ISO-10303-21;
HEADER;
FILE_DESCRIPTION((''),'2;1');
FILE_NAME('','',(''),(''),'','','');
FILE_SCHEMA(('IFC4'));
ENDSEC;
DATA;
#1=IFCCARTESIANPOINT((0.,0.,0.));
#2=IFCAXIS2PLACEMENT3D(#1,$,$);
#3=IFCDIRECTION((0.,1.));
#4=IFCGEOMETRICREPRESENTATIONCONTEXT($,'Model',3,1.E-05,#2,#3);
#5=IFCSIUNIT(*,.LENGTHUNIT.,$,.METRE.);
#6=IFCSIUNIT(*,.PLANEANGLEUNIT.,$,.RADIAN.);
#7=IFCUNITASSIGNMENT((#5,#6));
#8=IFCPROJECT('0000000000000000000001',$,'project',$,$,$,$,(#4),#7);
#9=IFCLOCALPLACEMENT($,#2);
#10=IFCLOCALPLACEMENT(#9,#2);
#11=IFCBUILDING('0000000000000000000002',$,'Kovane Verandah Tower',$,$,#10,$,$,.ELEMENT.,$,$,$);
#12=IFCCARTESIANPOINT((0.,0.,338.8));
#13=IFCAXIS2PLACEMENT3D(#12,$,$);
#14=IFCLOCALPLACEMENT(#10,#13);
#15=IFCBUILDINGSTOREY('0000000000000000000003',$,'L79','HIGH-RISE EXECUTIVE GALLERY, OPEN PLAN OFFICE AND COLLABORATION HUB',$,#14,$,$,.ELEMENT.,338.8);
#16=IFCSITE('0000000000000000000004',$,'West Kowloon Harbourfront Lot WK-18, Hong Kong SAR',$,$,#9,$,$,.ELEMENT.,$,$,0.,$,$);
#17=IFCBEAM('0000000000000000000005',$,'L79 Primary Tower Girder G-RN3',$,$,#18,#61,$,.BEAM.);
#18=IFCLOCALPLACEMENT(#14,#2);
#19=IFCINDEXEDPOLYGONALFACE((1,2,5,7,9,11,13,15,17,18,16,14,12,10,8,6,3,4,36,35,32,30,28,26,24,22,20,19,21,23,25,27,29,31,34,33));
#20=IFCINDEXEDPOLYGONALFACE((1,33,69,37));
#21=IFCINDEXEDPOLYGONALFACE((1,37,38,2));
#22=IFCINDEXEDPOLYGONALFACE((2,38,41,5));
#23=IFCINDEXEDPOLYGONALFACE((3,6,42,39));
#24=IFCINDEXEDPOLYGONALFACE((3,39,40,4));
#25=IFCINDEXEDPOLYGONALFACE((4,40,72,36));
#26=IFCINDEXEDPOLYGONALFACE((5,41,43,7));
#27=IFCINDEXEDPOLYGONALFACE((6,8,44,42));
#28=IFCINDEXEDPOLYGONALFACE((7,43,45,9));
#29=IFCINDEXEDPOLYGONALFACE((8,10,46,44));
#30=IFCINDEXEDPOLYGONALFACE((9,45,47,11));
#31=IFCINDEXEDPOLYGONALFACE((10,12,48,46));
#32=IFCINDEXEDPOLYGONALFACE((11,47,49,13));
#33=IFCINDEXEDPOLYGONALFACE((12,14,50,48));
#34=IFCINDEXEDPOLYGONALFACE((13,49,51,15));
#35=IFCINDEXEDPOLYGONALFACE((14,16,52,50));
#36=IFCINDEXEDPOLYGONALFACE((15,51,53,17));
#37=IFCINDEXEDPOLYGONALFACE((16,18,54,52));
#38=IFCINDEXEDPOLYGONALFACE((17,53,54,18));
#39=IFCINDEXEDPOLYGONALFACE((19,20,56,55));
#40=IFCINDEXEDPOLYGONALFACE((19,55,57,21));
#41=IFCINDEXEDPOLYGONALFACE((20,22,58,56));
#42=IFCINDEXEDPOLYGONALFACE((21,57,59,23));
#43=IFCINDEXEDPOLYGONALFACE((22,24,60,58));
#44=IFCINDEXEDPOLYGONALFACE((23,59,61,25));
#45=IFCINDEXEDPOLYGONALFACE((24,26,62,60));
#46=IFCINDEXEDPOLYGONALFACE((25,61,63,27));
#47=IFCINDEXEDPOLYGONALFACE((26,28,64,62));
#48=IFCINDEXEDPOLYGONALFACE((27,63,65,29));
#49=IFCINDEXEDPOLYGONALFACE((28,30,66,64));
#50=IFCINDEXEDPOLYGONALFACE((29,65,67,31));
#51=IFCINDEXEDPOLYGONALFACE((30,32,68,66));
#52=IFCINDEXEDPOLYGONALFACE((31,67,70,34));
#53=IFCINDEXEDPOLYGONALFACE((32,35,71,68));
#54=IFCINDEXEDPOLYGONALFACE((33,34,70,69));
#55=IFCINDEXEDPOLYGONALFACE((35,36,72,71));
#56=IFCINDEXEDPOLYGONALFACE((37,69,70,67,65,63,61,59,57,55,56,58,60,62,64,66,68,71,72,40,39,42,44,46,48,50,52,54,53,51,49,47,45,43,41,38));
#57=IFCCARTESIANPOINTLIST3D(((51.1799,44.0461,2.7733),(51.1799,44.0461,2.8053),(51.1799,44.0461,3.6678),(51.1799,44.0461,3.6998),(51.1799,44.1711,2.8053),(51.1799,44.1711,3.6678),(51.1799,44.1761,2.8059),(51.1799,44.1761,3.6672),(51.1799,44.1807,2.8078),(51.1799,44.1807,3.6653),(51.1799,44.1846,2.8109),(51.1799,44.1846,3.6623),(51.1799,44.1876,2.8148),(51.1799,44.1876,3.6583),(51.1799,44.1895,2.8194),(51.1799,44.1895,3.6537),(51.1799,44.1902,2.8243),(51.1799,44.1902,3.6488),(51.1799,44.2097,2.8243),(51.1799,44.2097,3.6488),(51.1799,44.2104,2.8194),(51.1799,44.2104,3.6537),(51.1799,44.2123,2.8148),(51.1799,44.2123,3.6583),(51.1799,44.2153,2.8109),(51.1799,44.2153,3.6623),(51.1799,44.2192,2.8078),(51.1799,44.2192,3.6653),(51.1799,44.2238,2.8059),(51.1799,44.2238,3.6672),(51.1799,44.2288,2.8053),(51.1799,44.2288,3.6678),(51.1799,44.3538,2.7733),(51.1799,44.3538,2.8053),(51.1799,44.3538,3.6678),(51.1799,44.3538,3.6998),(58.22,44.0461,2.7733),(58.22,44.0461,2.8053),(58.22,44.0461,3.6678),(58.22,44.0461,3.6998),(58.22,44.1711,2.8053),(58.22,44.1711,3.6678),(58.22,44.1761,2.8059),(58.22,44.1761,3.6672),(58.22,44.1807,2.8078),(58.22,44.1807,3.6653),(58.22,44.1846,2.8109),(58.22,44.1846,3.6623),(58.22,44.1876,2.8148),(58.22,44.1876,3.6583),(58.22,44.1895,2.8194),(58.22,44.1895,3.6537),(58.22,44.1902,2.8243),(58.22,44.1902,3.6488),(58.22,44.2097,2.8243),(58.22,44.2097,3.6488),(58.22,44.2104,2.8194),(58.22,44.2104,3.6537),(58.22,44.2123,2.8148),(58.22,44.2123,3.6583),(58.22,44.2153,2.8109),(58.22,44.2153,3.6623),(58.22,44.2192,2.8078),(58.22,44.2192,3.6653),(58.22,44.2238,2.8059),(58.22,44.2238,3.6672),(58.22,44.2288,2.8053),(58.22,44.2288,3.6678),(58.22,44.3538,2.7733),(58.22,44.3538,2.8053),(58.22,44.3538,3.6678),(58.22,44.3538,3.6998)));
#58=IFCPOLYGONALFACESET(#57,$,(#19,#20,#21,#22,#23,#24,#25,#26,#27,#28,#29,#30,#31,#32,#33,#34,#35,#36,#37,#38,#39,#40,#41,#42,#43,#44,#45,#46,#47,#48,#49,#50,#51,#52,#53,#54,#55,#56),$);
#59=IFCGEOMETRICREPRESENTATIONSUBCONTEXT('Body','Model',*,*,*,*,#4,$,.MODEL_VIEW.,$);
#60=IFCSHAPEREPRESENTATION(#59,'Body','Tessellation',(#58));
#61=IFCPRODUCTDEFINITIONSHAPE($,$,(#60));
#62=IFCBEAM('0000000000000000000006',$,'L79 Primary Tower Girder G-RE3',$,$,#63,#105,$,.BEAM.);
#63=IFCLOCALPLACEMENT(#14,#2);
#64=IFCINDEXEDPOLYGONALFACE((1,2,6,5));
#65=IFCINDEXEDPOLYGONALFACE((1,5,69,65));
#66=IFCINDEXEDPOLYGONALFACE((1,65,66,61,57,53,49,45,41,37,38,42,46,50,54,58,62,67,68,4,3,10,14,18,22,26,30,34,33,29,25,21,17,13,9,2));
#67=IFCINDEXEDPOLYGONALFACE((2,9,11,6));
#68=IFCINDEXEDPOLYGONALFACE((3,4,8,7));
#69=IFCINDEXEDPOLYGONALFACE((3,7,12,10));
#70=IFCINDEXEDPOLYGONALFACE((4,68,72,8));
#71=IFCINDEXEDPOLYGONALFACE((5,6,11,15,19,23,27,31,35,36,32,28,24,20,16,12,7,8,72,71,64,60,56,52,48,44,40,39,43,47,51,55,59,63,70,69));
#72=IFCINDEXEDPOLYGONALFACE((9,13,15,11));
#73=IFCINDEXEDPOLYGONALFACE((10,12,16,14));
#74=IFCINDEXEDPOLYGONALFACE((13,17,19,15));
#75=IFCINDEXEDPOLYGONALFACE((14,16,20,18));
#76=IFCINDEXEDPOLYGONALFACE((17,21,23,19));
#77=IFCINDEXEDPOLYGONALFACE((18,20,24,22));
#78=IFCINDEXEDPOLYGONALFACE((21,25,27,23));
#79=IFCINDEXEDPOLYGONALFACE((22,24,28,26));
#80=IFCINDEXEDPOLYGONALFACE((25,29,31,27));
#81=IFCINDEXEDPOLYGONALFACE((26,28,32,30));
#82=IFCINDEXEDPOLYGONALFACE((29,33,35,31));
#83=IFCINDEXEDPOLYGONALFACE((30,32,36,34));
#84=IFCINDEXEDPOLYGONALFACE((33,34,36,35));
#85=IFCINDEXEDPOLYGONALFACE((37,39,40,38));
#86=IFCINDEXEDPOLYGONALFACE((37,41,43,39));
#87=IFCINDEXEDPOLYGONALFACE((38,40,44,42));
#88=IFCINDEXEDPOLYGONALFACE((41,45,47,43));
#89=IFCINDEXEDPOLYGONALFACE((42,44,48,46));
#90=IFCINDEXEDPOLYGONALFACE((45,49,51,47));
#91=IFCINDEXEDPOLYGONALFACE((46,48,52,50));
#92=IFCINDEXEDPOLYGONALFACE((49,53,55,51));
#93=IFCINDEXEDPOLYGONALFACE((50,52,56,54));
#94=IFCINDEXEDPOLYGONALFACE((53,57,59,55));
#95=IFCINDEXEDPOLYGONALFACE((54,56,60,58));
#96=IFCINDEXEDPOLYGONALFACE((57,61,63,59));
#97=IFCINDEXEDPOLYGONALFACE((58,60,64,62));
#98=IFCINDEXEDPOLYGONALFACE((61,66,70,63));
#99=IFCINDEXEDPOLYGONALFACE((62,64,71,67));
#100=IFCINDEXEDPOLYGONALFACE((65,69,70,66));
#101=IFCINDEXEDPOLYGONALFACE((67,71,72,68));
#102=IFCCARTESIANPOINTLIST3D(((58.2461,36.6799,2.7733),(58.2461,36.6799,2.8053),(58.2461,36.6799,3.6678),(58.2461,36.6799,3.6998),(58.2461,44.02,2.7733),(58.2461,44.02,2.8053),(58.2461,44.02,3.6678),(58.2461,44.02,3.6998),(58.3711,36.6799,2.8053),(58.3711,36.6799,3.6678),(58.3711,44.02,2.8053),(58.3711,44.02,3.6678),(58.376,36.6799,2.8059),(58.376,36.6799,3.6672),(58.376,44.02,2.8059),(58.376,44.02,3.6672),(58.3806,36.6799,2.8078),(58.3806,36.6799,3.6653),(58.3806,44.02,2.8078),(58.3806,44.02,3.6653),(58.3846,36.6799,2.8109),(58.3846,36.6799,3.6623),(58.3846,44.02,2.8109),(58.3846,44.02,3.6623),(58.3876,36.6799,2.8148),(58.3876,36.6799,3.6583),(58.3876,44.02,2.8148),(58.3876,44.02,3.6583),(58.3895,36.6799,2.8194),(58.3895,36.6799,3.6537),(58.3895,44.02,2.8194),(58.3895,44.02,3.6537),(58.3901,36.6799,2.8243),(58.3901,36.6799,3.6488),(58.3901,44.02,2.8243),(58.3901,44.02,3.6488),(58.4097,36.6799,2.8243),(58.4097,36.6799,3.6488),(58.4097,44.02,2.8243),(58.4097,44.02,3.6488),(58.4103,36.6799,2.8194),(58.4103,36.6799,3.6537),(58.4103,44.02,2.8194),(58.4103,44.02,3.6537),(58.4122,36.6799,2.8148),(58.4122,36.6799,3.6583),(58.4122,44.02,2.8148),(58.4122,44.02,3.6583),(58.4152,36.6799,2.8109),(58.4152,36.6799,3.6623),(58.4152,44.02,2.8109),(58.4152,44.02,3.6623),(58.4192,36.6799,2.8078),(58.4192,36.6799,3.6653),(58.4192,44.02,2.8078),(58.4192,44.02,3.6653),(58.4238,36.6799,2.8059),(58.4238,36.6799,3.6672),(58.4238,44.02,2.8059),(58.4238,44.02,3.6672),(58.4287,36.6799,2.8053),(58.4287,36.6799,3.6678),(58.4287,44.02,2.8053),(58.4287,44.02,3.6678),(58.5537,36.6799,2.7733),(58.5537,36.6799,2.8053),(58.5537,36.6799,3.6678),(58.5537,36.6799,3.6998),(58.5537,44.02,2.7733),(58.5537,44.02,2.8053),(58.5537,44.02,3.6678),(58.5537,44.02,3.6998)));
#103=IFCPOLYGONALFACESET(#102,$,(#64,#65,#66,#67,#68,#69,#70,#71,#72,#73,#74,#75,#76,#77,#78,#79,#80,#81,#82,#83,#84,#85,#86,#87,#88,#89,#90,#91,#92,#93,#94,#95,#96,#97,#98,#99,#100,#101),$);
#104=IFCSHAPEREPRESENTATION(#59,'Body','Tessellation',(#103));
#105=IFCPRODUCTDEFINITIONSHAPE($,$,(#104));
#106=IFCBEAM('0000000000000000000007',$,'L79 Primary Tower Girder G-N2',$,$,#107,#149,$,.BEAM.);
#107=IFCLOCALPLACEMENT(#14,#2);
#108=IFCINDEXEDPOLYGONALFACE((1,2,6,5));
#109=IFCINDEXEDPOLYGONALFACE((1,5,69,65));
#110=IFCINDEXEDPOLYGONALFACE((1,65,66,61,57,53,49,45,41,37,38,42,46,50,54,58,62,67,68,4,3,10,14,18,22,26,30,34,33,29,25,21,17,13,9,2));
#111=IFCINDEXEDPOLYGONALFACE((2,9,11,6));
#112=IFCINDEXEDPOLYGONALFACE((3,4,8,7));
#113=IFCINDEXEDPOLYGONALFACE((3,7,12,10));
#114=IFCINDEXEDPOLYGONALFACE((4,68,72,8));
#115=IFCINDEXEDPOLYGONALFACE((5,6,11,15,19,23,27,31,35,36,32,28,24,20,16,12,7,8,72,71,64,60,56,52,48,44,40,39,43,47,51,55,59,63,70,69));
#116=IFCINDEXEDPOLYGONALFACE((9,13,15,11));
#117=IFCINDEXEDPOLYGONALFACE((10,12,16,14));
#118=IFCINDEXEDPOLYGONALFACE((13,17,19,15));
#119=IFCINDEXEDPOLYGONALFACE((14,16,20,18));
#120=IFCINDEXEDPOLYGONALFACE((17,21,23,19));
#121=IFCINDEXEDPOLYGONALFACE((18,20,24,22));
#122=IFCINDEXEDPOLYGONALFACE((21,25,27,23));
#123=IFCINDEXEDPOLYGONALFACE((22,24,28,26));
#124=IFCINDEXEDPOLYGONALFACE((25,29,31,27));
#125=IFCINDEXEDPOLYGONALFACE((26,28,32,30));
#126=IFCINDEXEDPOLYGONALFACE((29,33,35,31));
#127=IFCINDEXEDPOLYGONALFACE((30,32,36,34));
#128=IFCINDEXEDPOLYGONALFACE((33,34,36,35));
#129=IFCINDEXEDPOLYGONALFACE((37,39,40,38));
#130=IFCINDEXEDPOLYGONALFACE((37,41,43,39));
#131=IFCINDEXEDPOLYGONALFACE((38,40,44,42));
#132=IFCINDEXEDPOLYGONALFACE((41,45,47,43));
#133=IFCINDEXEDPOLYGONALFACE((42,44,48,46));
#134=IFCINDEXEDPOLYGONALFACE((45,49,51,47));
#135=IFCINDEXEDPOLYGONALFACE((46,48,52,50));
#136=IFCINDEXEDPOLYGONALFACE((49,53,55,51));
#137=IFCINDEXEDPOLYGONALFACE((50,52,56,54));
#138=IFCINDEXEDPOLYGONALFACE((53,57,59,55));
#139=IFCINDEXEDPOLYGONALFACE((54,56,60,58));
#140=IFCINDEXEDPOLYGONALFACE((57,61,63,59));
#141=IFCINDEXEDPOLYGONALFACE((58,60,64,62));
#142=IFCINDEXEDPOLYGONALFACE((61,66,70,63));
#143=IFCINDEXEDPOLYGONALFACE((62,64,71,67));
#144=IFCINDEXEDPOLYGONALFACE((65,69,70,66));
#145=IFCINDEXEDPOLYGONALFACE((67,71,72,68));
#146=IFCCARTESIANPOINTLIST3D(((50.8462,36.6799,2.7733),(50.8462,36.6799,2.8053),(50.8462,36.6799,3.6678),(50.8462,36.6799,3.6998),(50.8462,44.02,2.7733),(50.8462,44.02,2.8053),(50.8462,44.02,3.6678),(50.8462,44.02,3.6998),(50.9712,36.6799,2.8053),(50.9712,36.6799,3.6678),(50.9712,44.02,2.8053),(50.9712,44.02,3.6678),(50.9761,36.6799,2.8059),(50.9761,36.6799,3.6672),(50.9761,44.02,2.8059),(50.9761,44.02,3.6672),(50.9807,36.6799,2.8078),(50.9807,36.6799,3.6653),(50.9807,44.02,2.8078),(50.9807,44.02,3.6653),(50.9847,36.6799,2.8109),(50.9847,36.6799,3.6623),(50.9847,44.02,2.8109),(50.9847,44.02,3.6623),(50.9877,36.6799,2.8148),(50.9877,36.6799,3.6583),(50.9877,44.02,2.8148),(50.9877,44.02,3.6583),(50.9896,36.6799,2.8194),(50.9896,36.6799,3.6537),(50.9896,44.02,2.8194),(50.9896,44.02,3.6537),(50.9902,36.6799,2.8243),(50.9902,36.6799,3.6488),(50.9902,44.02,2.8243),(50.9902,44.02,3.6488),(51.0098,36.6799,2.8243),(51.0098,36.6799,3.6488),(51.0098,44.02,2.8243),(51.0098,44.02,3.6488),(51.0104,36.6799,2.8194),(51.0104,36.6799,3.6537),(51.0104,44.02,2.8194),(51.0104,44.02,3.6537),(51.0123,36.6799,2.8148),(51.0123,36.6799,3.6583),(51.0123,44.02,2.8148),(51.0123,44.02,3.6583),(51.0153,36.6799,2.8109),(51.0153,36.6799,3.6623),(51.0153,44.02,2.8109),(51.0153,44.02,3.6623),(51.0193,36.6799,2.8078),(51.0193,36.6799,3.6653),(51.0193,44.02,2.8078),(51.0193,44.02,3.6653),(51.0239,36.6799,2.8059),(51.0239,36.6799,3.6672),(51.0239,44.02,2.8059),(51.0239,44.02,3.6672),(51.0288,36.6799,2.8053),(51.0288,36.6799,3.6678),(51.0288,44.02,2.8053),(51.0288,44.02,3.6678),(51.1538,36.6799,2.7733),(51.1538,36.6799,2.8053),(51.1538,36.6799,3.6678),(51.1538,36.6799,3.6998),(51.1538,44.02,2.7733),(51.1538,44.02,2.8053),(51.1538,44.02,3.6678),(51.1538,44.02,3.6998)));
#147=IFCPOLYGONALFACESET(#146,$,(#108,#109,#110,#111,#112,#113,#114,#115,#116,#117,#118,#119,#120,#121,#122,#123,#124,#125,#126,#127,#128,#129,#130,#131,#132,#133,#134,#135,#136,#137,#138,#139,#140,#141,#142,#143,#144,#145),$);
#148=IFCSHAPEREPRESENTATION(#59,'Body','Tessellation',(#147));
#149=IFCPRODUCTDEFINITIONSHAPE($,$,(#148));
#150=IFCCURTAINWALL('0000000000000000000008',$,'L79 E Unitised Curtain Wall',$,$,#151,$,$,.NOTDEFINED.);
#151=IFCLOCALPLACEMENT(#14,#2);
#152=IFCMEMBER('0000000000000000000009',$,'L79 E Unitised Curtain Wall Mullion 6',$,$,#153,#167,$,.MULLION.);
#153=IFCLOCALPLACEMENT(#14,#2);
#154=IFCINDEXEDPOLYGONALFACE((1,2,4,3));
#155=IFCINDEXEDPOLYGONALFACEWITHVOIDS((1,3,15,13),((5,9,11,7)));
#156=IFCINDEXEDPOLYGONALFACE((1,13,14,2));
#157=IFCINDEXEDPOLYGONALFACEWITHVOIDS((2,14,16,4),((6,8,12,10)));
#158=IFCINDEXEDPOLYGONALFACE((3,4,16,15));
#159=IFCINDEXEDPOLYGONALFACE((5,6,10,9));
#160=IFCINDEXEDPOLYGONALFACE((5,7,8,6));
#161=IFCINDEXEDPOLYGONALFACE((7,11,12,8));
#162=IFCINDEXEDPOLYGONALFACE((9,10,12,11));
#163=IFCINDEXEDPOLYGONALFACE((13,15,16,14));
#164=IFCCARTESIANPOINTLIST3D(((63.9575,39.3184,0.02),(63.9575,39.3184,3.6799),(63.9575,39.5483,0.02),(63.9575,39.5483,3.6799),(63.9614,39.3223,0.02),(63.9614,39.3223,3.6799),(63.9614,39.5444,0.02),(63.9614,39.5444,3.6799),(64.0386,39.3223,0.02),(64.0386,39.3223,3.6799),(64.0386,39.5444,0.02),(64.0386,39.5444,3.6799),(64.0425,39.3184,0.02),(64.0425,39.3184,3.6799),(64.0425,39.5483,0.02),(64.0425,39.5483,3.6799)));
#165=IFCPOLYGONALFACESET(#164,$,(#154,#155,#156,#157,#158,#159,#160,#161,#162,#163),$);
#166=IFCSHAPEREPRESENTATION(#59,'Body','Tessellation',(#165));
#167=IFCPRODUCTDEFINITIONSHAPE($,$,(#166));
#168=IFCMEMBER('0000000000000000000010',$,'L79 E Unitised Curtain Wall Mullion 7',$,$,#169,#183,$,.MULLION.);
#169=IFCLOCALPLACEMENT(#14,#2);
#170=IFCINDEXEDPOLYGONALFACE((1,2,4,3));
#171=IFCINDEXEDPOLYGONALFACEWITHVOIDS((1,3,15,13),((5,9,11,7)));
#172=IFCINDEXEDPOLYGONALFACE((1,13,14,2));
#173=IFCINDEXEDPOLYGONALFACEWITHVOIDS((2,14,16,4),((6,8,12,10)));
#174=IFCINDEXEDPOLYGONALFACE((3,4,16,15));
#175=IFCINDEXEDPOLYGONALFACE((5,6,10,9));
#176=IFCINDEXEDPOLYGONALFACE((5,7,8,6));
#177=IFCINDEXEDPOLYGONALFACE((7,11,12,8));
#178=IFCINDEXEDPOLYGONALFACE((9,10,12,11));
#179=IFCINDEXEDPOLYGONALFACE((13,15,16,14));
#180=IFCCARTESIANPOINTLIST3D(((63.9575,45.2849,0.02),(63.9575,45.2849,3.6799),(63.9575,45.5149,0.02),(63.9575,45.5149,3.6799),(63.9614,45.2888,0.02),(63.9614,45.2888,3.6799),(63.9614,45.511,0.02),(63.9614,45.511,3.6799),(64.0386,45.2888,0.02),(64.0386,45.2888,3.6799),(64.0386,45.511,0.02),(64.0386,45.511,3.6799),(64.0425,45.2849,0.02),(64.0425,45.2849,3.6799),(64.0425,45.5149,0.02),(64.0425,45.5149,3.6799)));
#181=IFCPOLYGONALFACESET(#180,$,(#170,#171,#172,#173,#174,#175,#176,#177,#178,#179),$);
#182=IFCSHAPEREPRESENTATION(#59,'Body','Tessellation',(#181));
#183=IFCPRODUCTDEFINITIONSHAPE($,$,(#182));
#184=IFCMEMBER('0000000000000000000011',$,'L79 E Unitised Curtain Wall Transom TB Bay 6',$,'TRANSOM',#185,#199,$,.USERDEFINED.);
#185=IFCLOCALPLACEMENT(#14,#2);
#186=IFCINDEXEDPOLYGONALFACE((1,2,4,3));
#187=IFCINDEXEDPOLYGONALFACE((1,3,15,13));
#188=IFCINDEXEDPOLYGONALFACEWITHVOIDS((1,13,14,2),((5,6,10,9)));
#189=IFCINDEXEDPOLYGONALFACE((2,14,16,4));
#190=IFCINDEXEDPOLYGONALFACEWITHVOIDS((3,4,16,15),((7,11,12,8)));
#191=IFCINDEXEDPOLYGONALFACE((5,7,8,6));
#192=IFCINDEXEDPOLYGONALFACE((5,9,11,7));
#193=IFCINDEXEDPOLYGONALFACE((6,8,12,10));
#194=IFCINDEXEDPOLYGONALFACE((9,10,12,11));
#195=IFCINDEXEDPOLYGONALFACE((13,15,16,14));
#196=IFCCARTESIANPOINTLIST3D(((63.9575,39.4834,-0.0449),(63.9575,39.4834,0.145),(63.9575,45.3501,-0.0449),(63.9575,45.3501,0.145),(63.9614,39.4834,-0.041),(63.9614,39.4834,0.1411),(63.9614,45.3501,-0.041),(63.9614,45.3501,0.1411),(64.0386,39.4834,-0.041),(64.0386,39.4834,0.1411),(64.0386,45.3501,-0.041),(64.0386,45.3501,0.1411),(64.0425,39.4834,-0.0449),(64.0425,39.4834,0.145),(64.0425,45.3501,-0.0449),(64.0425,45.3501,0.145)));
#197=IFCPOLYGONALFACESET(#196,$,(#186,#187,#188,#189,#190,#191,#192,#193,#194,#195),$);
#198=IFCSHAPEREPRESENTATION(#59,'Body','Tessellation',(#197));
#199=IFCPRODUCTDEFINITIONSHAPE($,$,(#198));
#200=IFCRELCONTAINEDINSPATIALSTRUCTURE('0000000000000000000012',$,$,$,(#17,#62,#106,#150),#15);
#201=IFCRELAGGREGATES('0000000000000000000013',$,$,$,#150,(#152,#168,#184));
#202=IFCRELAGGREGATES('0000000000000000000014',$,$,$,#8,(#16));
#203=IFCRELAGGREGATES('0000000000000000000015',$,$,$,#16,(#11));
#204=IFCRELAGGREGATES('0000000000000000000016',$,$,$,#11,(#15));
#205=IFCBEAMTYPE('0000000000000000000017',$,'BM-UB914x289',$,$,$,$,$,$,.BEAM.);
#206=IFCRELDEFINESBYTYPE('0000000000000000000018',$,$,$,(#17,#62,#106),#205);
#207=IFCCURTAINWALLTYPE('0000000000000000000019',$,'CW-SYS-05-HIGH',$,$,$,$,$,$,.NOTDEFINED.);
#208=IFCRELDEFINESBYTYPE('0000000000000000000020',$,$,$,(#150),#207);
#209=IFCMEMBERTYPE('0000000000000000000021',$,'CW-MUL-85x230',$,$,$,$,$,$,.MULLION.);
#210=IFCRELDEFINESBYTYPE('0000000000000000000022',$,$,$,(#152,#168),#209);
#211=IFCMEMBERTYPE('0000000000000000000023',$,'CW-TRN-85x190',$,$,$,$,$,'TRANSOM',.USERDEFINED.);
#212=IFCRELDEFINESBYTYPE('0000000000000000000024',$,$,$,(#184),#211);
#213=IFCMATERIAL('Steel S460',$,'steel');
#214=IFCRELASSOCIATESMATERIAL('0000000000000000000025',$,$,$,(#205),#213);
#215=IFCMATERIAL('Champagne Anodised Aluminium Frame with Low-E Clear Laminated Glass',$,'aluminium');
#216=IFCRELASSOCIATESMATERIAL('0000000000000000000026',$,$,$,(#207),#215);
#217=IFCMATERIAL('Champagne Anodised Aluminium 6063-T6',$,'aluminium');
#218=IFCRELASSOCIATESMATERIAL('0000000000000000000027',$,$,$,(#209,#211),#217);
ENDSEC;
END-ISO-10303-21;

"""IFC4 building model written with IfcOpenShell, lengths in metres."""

from ifc_helpers import new_model, si_unit, direction, frame, origin, origin_2d, place, context, subcontext, project, spatial, hollow_rectangle, i_section, extrude, material, material_profile, profile_set, type_object, element, aggregate, save


model = new_model("IFC4")

# Units and contexts
model_context = context("Model", 3, precision=1e-05, world=origin(), true_north=direction((0.0, 1.0)))
body_context = subcontext(model_context, "Body", "Model", "MODEL_VIEW")
ifc_project = project(units=[si_unit("LENGTHUNIT", "METRE"), si_unit("PLANEANGLEUNIT", "RADIAN")], contexts=[model_context])

# Site, building, storey
site_placement = place(None, origin())
site = spatial("IfcSite", under=ifc_project, at=site_placement, Name="West Kowloon Harbourfront Lot WK-18, Hong Kong SAR", CompositionType="ELEMENT", RefElevation=0.0)
building_placement = place(site_placement, origin())
building = spatial("IfcBuilding", under=site, at=building_placement, Name="Kovane Verandah Tower", CompositionType="ELEMENT")
storey_placement = place(building_placement, frame((0.0, 0.0, 338.8)))
storey = spatial("IfcBuildingStorey", under=building, at=storey_placement, Name="L79", Description="HIGH-RISE EXECUTIVE GALLERY, OPEN PLAN OFFICE AND COLLABORATION HUB", CompositionType="ELEMENT", Elevation=338.8)

# Shared definitions
ifc_material_1 = material(Name="Steel S460", Category="steel")

# Beams
ifc_material_profile_1 = material_profile(ifc_material_1, i_section(OverallWidth=0.3076, OverallDepth=0.9265, WebThickness=0.0195, FlangeThickness=0.032, FilletRadius=0.019, at=origin_2d()), Name="UB914x305x289")
ifc_profile_set_1 = profile_set([ifc_material_profile_1], Name="Steel S460")
beam_type_1 = type_object("IfcBeamType", Name="BM-UB914x289", PredefinedType="BEAM", material=ifc_profile_set_1)
beam_1_placement = place(storey_placement, frame((51.1799, 44.2, 3.2366), z_axis=(1.0, 0.0, 0.0), x_axis=(0.0, 1.0, 0.0)))
element("IfcBeam", 1, at=beam_1_placement, inside=storey, type_object=beam_type_1, Name="L79 Primary Tower Girder G-RN3", PredefinedType="BEAM", context=body_context, shape_type="SweptSolid", body=[
    extrude(i_section(OverallWidth=0.3076, OverallDepth=0.9265, WebThickness=0.0195, FlangeThickness=0.032, FilletRadius=0.019, at=origin_2d()), origin(), (0.0, 0.0, 1.0), 7.04),
])
for number, where, z_axis, x_axis, name in (
    (2, (58.3999, 36.6799, 3.2366), (0.0, 1.0, 0.0), (-1.0, 0.0, 0.0), "L79 Primary Tower Girder G-RE3"),
    (3, (51.0, 36.6799, 3.2366), (0.0, 1.0, 0.0), (-1.0, 0.0, 0.0), "L79 Primary Tower Girder G-N2"),
):
    element("IfcBeam", number, at=place(storey_placement, frame(where, z_axis=z_axis, x_axis=x_axis)), inside=storey, type_object=beam_type_1, Name=name, PredefinedType="BEAM", context=body_context, shape_type="SweptSolid", body=[
        extrude(i_section(OverallWidth=0.3076, OverallDepth=0.9265, WebThickness=0.0195, FlangeThickness=0.032, FilletRadius=0.019, at=origin_2d()), origin(), (0.0, 0.0, 1.0), 7.3401),
    ])

# Curtain wall, members
ifc_material_2 = material(Name="Champagne Anodised Aluminium Frame with Low-E Clear Laminated Glass", Category="aluminium")
curtain_wall_type = type_object("IfcCurtainWallType", Name="CW-SYS-05-HIGH", PredefinedType="NOTDEFINED", material=ifc_material_2)
curtain_wall_placement = place(storey_placement, origin())
curtain_wall = element("IfcCurtainWall", 4, at=curtain_wall_placement, inside=storey, type_object=curtain_wall_type, Name="L79 E Unitised Curtain Wall", PredefinedType="NOTDEFINED")
ifc_material_3 = material(Name="Champagne Anodised Aluminium 6063-T6", Category="aluminium")
ifc_material_profile_2 = material_profile(ifc_material_3, hollow_rectangle(XDim=0.085, YDim=0.23, WallThickness=0.0039, at=origin_2d()), Name="AL85x230x4")
ifc_profile_set_2 = profile_set([ifc_material_profile_2], Name="Champagne Anodised Aluminium 6063-T6")
member_type_1 = type_object("IfcMemberType", Name="CW-MUL-85x230", PredefinedType="MULLION", material=ifc_profile_set_2)
member_1_placement = place(storey_placement, frame((64.0, 39.4333, 0.02), z_axis=(0.0, 0.0, 1.0), x_axis=(1.0, 0.0, 0.0)))
member_1 = element("IfcMember", 5, at=member_1_placement, type_object=member_type_1, Name="L79 E Unitised Curtain Wall Mullion 6", PredefinedType="MULLION", context=body_context, shape_type="SweptSolid", body=[
    extrude(hollow_rectangle(XDim=0.085, YDim=0.23, WallThickness=0.0039, at=origin_2d()), origin(), (0.0, 0.0, 1.0), 3.6599),
])
member_2_placement = place(storey_placement, frame((64.0, 45.3999, 0.02), z_axis=(0.0, 0.0, 1.0), x_axis=(1.0, 0.0, 0.0)))
member_2 = element("IfcMember", 6, at=member_2_placement, type_object=member_type_1, Name="L79 E Unitised Curtain Wall Mullion 7", PredefinedType="MULLION", context=body_context, shape_type="SweptSolid", body=[
    extrude(hollow_rectangle(XDim=0.085, YDim=0.23, WallThickness=0.0039, at=origin_2d()), origin(), (0.0, 0.0, 1.0), 3.6599),
])
ifc_material_profile_3 = material_profile(ifc_material_3, hollow_rectangle(XDim=0.085, YDim=0.1899, WallThickness=0.0039, at=origin_2d()), Name="AL85x190x4")
ifc_profile_set_3 = profile_set([ifc_material_profile_3], Name="Champagne Anodised Aluminium 6063-T6")
member_type_2 = type_object("IfcMemberType", Name="CW-TRN-85x190", ElementType="TRANSOM", PredefinedType="USERDEFINED", material=ifc_profile_set_3)
member_3_placement = place(storey_placement, frame((64.0, 39.4834, 0.05), z_axis=(0.0, 1.0, 0.0), x_axis=(-1.0, 0.0, 0.0)))
member_3 = element("IfcMember", 7, at=member_3_placement, type_object=member_type_2, Name="L79 E Unitised Curtain Wall Transom TB Bay 6", ObjectType="TRANSOM", PredefinedType="USERDEFINED", context=body_context, shape_type="SweptSolid", body=[
    extrude(hollow_rectangle(XDim=0.085, YDim=0.1899, WallThickness=0.0039, at=origin_2d()), origin(), (0.0, 0.0, 1.0), 5.8667),
])
aggregate(curtain_wall, [member_1, member_2, member_3])

save(model, "model.ifc")
